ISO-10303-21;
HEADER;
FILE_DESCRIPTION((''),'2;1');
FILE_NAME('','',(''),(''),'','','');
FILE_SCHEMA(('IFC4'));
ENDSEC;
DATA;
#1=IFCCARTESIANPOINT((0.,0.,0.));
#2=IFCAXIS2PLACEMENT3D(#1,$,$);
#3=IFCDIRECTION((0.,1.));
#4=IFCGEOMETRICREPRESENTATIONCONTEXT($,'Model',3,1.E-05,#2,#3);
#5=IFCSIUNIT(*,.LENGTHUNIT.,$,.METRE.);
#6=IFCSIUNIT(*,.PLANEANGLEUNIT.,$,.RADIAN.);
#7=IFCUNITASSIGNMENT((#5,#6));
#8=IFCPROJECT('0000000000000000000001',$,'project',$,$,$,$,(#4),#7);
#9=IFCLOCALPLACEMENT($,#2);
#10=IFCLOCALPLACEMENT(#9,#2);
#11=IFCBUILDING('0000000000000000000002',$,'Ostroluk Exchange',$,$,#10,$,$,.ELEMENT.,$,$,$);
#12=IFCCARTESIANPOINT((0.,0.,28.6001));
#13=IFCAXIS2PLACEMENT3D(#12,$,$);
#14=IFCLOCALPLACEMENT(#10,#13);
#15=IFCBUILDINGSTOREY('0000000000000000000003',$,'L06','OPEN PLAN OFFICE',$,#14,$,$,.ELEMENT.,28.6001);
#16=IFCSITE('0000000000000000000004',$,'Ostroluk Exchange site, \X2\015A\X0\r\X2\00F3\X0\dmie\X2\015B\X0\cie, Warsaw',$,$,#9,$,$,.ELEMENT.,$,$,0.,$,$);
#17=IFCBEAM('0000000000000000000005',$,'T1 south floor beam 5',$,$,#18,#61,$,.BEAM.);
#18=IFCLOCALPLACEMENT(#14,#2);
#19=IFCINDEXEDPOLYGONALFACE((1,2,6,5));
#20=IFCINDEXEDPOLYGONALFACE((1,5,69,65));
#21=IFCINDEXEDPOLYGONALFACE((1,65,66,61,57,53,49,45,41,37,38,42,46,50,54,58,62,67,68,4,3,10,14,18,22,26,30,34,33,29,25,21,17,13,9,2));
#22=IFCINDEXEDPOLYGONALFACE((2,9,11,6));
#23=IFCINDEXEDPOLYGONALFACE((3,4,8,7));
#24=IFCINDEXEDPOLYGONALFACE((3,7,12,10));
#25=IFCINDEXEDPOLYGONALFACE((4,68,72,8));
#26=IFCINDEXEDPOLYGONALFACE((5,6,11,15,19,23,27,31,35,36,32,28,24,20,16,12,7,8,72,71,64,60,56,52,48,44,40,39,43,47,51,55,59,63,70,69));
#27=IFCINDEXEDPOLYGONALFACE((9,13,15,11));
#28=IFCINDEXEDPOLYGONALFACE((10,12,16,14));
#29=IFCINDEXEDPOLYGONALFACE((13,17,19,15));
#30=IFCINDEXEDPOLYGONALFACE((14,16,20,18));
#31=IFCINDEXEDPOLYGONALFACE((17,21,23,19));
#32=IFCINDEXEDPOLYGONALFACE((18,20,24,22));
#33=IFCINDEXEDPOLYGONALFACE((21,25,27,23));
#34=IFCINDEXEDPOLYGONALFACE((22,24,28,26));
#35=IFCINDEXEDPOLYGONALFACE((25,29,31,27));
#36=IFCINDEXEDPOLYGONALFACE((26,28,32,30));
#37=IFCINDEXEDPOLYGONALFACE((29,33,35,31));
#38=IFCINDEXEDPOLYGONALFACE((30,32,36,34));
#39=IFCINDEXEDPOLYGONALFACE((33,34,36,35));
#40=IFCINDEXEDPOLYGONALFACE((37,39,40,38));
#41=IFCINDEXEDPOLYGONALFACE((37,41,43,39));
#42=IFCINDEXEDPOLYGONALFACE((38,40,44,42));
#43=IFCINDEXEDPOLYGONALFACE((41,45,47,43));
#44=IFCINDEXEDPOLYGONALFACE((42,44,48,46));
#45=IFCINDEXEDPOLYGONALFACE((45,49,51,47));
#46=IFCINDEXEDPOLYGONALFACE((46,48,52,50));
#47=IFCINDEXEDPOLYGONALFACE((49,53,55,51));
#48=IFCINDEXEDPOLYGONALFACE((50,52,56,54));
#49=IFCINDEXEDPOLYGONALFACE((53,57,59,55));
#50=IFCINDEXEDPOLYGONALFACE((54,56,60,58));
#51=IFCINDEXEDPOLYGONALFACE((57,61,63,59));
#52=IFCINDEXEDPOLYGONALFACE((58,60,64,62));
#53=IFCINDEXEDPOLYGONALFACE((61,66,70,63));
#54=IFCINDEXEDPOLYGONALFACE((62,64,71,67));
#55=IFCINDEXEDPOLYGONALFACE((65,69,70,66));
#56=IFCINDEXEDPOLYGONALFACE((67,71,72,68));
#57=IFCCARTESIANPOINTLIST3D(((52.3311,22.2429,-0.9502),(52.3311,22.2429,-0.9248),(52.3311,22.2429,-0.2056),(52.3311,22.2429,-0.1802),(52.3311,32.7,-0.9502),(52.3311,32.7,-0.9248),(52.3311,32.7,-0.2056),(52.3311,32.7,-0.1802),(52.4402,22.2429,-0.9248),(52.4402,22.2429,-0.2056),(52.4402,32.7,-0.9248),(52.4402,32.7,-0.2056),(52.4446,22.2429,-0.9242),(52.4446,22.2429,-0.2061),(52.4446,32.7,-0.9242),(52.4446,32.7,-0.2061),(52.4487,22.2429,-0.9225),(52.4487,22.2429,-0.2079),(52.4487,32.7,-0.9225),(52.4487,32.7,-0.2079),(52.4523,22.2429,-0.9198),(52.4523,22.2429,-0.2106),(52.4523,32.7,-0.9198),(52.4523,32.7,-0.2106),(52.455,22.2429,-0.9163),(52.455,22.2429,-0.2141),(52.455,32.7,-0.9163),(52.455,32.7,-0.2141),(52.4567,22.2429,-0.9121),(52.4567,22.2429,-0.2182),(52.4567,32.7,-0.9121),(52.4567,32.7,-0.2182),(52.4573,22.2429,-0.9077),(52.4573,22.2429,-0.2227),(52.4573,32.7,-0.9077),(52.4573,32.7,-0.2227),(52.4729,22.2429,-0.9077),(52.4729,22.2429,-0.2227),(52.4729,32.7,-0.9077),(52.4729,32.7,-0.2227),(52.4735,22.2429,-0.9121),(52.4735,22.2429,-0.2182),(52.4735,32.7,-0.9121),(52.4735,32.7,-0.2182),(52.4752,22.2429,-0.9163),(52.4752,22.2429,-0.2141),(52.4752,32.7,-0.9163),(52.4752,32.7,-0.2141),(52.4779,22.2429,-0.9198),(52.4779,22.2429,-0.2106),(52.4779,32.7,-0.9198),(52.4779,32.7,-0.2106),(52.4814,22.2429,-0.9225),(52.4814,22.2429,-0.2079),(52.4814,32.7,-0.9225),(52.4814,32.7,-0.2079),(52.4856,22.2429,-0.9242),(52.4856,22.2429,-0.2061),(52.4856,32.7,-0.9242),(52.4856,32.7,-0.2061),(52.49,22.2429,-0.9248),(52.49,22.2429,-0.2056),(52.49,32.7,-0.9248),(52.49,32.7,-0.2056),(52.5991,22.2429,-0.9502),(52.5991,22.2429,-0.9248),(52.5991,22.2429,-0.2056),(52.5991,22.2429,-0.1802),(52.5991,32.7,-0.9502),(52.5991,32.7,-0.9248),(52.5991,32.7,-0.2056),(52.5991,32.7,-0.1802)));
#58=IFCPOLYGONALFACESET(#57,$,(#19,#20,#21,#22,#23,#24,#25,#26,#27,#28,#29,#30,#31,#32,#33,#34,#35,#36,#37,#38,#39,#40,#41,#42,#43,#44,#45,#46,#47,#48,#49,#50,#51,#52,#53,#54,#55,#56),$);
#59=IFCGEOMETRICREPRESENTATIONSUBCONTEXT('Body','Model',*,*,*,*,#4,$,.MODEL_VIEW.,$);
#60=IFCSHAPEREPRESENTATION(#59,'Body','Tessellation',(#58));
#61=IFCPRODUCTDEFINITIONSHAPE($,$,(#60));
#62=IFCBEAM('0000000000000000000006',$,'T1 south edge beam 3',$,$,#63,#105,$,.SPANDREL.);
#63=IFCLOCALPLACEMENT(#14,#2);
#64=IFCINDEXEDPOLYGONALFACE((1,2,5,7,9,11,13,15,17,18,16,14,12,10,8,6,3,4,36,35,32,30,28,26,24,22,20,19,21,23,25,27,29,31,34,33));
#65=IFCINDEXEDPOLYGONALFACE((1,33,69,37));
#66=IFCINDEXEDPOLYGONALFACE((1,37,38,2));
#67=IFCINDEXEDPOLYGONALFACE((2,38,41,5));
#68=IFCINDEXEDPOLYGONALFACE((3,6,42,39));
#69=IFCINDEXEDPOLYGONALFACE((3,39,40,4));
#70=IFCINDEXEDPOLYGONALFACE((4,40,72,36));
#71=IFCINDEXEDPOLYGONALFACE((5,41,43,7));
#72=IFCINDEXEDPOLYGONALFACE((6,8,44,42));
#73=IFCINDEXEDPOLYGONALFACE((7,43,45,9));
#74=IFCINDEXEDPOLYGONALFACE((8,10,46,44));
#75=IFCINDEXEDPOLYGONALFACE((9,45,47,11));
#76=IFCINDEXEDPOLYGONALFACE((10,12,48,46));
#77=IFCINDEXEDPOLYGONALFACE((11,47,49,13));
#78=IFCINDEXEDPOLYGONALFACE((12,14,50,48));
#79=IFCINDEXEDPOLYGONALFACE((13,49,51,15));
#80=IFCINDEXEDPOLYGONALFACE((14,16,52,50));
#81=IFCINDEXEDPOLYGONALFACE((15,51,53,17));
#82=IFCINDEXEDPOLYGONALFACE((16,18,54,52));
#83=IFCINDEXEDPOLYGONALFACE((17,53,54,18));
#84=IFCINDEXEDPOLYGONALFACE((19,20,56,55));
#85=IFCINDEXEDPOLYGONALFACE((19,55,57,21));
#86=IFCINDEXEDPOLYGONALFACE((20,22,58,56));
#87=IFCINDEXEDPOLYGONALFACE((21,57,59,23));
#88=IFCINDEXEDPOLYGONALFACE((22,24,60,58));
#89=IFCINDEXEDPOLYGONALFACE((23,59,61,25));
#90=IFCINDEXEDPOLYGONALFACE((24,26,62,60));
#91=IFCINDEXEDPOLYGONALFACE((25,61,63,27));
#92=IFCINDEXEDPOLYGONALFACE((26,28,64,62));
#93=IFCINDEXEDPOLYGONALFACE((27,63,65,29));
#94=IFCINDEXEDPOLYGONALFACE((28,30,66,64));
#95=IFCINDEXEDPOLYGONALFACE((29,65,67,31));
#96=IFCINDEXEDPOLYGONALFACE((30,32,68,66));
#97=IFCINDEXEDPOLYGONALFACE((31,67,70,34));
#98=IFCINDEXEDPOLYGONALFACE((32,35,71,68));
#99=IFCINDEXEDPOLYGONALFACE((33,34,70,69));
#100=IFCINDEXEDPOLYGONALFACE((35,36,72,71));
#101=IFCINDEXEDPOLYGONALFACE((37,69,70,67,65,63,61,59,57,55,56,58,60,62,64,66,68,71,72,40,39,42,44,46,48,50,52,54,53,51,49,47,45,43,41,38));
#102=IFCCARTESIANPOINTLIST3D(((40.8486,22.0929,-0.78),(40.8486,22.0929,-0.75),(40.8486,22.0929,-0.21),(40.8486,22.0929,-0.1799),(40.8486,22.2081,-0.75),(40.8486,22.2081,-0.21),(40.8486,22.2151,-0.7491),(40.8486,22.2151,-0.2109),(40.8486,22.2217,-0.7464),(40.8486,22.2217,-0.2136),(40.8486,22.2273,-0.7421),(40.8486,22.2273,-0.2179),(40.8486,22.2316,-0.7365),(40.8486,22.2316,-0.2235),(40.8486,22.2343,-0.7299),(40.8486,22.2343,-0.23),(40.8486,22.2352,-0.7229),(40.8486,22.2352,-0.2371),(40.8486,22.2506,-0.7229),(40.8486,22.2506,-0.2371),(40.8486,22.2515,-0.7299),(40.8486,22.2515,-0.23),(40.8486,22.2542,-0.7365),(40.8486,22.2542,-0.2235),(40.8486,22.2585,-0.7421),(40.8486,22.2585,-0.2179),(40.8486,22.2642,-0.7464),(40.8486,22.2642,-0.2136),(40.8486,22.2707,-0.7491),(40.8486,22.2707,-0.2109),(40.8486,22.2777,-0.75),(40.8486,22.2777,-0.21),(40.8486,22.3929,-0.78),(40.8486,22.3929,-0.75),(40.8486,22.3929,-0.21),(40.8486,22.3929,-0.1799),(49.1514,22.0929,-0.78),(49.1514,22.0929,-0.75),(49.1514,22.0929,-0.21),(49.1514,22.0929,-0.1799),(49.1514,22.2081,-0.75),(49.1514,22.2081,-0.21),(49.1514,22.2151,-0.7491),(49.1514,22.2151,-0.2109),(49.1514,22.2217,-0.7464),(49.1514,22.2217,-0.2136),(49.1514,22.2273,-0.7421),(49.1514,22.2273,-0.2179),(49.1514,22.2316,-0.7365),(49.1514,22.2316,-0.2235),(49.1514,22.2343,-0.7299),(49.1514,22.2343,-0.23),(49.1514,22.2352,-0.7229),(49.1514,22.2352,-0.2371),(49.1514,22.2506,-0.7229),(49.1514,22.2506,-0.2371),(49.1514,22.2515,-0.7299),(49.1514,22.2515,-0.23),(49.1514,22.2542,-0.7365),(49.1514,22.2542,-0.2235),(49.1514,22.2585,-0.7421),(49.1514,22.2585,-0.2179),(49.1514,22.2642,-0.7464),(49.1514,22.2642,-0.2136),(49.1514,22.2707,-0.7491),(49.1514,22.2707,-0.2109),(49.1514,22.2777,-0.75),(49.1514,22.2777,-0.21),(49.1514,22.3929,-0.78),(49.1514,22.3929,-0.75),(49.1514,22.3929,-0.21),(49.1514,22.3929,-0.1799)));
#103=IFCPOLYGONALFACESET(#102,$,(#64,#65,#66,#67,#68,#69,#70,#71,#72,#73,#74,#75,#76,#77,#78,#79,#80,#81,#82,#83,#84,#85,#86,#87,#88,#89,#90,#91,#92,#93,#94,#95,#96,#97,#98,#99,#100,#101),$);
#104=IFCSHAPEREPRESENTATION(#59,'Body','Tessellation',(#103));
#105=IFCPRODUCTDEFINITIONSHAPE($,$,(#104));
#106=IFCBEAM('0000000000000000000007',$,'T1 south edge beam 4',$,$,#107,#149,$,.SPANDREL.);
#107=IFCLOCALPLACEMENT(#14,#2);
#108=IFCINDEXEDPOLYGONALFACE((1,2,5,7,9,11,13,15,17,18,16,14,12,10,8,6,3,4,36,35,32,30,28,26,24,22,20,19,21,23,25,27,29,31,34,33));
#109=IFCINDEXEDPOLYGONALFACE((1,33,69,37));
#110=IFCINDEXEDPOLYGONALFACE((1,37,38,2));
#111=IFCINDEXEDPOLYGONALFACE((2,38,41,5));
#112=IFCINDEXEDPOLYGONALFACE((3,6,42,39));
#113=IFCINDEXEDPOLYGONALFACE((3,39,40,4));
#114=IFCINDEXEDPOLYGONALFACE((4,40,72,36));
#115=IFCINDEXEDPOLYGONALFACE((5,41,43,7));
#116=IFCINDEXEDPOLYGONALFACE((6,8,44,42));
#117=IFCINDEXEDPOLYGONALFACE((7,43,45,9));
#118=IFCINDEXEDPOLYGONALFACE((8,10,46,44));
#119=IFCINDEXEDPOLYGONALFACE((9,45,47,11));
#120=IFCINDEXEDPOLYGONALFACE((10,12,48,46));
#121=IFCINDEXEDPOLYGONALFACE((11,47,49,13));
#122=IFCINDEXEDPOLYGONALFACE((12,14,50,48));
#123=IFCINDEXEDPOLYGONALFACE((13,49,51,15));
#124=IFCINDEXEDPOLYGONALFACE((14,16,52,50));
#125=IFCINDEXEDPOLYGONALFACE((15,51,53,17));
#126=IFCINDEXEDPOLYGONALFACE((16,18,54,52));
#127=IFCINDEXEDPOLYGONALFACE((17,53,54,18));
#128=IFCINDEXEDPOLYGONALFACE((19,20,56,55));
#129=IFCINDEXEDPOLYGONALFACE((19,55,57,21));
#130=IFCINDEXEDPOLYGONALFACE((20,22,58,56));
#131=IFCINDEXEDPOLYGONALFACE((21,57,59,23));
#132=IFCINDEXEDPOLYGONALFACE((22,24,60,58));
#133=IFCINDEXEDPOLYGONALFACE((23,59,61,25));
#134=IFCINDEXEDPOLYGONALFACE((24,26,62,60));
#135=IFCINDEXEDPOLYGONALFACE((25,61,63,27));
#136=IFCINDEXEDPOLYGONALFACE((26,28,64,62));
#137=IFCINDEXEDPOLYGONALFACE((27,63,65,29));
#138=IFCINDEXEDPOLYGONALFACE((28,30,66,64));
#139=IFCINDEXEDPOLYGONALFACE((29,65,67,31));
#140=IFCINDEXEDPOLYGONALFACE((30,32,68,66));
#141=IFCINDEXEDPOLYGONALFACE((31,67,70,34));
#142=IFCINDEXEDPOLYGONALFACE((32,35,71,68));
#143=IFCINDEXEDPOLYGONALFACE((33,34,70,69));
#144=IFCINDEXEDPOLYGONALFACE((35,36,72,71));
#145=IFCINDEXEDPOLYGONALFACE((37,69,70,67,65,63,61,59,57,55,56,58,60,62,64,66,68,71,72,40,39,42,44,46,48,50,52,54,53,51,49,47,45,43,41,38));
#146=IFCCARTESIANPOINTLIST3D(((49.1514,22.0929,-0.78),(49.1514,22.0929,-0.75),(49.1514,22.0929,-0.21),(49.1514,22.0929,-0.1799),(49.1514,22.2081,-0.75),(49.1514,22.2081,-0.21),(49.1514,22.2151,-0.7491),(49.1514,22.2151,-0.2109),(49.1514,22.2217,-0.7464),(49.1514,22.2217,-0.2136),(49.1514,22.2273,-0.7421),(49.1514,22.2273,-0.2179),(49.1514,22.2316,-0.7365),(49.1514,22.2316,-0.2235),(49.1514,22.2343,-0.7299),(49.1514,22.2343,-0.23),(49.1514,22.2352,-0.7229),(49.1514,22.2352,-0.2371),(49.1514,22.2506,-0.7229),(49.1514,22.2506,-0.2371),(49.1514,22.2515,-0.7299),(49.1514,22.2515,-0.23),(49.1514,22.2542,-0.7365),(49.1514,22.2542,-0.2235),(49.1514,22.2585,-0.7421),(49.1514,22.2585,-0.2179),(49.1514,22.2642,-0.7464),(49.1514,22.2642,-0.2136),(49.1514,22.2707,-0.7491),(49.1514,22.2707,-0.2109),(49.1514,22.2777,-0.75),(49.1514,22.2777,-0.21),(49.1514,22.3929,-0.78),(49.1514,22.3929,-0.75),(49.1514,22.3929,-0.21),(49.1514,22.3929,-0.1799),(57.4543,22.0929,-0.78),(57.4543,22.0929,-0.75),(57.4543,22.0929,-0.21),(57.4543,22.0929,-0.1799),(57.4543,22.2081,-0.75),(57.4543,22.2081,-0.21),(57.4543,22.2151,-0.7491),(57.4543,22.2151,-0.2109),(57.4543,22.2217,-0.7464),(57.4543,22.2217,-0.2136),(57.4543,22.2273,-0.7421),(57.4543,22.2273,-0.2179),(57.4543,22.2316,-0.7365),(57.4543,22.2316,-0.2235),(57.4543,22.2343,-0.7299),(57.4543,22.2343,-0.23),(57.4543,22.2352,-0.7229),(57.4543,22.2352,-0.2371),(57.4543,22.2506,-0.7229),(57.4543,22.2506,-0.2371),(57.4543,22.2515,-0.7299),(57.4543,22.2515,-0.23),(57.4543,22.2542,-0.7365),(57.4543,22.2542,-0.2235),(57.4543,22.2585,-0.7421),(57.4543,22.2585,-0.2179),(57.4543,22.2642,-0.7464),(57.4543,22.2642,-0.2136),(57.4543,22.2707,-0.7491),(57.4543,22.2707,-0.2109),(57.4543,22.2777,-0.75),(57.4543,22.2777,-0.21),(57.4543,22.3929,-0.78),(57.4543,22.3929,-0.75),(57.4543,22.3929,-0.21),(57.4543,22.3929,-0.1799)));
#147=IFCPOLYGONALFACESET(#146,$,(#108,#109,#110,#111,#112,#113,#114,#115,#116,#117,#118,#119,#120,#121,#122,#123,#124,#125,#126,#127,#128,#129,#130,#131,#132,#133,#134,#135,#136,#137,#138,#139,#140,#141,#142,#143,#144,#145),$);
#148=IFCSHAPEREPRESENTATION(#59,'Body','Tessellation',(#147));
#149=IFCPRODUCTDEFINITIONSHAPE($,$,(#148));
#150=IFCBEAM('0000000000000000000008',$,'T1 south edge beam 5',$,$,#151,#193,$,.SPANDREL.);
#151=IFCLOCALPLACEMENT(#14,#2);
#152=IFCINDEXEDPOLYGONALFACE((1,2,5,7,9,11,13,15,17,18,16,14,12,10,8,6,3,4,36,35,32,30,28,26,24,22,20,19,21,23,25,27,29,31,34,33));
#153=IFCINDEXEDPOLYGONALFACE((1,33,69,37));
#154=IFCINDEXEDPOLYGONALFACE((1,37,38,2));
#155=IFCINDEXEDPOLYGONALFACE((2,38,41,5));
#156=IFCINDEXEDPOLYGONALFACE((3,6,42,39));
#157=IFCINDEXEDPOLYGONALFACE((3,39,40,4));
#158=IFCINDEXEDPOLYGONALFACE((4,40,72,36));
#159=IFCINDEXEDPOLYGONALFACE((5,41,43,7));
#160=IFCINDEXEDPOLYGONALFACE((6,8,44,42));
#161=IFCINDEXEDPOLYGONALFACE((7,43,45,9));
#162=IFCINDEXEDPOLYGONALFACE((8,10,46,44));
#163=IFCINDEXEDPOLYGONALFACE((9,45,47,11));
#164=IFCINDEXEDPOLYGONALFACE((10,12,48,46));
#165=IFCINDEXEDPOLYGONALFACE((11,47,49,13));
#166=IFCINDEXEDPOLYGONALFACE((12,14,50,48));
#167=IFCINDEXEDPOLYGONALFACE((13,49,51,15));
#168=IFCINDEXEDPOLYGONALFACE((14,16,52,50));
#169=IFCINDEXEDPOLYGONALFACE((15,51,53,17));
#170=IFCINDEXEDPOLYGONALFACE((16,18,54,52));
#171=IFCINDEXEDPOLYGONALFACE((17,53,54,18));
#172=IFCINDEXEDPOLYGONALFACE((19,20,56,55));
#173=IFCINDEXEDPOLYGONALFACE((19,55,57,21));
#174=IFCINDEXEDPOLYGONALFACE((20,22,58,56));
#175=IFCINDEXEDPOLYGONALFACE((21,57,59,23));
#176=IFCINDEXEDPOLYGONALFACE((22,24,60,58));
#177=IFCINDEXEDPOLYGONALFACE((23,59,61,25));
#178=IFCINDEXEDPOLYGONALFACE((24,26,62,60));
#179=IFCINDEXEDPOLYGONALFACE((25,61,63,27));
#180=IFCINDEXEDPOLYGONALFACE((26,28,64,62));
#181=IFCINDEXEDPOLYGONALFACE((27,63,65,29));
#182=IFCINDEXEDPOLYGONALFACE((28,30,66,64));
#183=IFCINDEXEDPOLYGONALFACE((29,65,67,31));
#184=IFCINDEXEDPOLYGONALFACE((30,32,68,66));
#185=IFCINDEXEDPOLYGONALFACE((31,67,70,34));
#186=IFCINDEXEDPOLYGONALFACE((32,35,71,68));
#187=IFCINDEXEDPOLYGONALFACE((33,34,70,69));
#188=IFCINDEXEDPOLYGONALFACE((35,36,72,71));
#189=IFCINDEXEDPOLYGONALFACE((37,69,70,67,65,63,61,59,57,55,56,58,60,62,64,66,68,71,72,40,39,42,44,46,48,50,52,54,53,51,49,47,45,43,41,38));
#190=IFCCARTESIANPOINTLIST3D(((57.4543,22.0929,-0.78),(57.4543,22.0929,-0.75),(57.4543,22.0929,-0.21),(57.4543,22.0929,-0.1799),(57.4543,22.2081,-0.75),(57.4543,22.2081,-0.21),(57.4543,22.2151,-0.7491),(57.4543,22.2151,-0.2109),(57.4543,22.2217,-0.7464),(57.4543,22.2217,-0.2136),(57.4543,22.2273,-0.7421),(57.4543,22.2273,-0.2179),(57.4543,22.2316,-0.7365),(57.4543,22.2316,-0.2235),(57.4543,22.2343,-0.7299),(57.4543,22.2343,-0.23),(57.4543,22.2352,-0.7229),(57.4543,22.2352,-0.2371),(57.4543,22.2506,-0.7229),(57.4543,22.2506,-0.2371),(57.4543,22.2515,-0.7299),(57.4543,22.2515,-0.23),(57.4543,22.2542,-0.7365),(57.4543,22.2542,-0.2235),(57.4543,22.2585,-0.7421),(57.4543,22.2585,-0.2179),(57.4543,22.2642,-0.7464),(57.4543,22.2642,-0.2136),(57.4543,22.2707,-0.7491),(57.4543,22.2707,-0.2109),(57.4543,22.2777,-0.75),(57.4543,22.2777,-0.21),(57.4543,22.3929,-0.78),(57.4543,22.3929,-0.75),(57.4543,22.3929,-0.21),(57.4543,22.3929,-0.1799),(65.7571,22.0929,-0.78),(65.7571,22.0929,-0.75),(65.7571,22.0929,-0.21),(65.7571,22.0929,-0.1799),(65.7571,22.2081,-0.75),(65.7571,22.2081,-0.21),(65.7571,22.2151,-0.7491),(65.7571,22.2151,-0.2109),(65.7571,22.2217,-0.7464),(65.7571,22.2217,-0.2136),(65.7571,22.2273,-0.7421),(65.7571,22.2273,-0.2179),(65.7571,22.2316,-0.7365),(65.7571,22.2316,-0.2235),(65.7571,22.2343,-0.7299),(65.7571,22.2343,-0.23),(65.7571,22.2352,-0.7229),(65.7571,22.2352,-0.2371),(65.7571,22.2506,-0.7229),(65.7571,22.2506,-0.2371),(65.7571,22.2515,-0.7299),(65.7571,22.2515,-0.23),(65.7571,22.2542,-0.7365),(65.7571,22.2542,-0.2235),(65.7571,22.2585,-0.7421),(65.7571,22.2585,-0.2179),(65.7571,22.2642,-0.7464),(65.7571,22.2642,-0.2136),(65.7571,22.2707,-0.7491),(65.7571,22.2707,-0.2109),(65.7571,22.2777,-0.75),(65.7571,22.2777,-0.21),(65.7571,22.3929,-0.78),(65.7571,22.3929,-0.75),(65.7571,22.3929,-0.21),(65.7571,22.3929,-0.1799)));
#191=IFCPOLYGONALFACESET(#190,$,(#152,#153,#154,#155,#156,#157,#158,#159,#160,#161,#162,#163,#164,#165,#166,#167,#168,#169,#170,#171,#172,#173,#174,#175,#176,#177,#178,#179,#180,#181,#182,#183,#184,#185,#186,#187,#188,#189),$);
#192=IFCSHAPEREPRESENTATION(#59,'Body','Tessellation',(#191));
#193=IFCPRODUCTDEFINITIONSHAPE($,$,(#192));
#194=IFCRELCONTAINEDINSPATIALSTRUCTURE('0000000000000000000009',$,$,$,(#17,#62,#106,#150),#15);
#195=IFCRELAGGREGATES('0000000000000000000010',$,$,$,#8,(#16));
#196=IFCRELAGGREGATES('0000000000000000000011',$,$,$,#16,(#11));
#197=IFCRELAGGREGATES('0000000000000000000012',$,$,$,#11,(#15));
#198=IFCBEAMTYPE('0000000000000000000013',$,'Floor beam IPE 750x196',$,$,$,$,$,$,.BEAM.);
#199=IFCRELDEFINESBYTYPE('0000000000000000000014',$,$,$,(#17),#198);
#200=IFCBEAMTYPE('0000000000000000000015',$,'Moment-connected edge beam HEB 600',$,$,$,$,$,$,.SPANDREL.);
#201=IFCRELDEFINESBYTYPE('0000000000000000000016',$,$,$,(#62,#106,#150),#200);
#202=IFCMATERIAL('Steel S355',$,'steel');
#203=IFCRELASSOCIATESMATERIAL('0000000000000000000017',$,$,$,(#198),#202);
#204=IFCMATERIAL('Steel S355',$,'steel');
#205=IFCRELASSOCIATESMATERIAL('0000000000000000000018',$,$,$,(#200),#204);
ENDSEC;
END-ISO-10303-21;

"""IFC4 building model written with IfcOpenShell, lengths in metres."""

from ifc_helpers import new_model, si_unit, direction, frame, origin, origin_2d, place, context, subcontext, project, spatial, i_section, extrude, material, material_profile, profile_set, type_object, element, save


model = new_model("IFC4")

# Units and contexts
model_context = context("Model", 3, precision=1e-05, world=origin(), true_north=direction((0.0, 1.0)))
body_context = subcontext(model_context, "Body", "Model", "MODEL_VIEW")
ifc_project = project(units=[si_unit("LENGTHUNIT", "METRE"), si_unit("PLANEANGLEUNIT", "RADIAN")], contexts=[model_context])

# Site, building, storey
site_placement = place(None, origin())
site = spatial("IfcSite", under=ifc_project, at=site_placement, Name="Ostroluk Exchange site, Śródmieście, Warsaw", CompositionType="ELEMENT", RefElevation=0.0)
building_placement = place(site_placement, origin())
building = spatial("IfcBuilding", under=site, at=building_placement, Name="Ostroluk Exchange", CompositionType="ELEMENT")
storey_placement = place(building_placement, frame((0.0, 0.0, 28.6001)))
storey = spatial("IfcBuildingStorey", under=building, at=storey_placement, Name="L06", Description="OPEN PLAN OFFICE", CompositionType="ELEMENT", Elevation=28.6001)

# Beams
ifc_material_1 = material(Name="Steel S355", Category="steel")
ifc_material_profile_1 = material_profile(ifc_material_1, i_section(OverallWidth=0.2681, OverallDepth=0.77, WebThickness=0.0156, FlangeThickness=0.0254, FilletRadius=0.0171, at=origin_2d()), Name="IPE 750x196")
ifc_profile_set_1 = profile_set([ifc_material_profile_1], Name="Steel S355")
beam_type_1 = type_object("IfcBeamType", Name="Floor beam IPE 750x196", PredefinedType="BEAM", material=ifc_profile_set_1)
for number, where, z_axis, x_axis, name in (
    (1, (52.4651, 32.7, -0.5652), (0.0, -1.0, 0.0), (1.0, 0.0, 0.0), "T1 south floor beam 5"),
):
    element("IfcBeam", number, at=place(storey_placement, frame(where, z_axis=z_axis, x_axis=x_axis)), inside=storey, type_object=beam_type_1, Name=name, PredefinedType="BEAM", context=body_context, shape_type="SweptSolid", body=[
        extrude(i_section(OverallWidth=0.2681, OverallDepth=0.77, WebThickness=0.0156, FlangeThickness=0.0254, FilletRadius=0.0171, at=origin_2d()), origin(), (0.0, 0.0, 1.0), 10.457),
    ])
ifc_material_2 = material(Name="Steel S355", Category="steel")
ifc_material_profile_2 = material_profile(ifc_material_2, i_section(OverallWidth=0.3, OverallDepth=0.6001, WebThickness=0.0154, FlangeThickness=0.03, FilletRadius=0.0271, at=origin_2d()), Name="HEB 600")
ifc_profile_set_2 = profile_set([ifc_material_profile_2], Name="Steel S355")
beam_type_2 = type_object("IfcBeamType", Name="Moment-connected edge beam HEB 600", PredefinedType="SPANDREL", material=ifc_profile_set_2)
beam_1_placement = place(storey_placement, frame((40.8486, 22.2429, -0.48), z_axis=(1.0, 0.0, 0.0), x_axis=(0.0, 1.0, 0.0)))
element("IfcBeam", 2, at=beam_1_placement, inside=storey, type_object=beam_type_2, Name="T1 south edge beam 3", PredefinedType="SPANDREL", context=body_context, shape_type="SweptSolid", body=[
    extrude(i_section(OverallWidth=0.3, OverallDepth=0.6001, WebThickness=0.0154, FlangeThickness=0.03, FilletRadius=0.0271, at=origin_2d()), origin(), (0.0, 0.0, 1.0), 8.3027),
])
beam_2_placement = place(storey_placement, frame((49.1514, 22.2429, -0.48), z_axis=(1.0, 0.0, 0.0), x_axis=(0.0, 1.0, 0.0)))
element("IfcBeam", 3, at=beam_2_placement, inside=storey, type_object=beam_type_2, Name="T1 south edge beam 4", PredefinedType="SPANDREL", context=body_context, shape_type="SweptSolid", body=[
    extrude(i_section(OverallWidth=0.3, OverallDepth=0.6001, WebThickness=0.0154, FlangeThickness=0.03, FilletRadius=0.0271, at=origin_2d()), origin(), (0.0, 0.0, 1.0), 8.303),
])
beam_3_placement = place(storey_placement, frame((57.4543, 22.2429, -0.48), z_axis=(1.0, 0.0, 0.0), x_axis=(0.0, 1.0, 0.0)))
element("IfcBeam", 4, at=beam_3_placement, inside=storey, type_object=beam_type_2, Name="T1 south edge beam 5", PredefinedType="SPANDREL", context=body_context, shape_type="SweptSolid", body=[
    extrude(i_section(OverallWidth=0.3, OverallDepth=0.6001, WebThickness=0.0154, FlangeThickness=0.03, FilletRadius=0.0271, at=origin_2d()), origin(), (0.0, 0.0, 1.0), 8.3027),
])

save(model, "model.ifc")
